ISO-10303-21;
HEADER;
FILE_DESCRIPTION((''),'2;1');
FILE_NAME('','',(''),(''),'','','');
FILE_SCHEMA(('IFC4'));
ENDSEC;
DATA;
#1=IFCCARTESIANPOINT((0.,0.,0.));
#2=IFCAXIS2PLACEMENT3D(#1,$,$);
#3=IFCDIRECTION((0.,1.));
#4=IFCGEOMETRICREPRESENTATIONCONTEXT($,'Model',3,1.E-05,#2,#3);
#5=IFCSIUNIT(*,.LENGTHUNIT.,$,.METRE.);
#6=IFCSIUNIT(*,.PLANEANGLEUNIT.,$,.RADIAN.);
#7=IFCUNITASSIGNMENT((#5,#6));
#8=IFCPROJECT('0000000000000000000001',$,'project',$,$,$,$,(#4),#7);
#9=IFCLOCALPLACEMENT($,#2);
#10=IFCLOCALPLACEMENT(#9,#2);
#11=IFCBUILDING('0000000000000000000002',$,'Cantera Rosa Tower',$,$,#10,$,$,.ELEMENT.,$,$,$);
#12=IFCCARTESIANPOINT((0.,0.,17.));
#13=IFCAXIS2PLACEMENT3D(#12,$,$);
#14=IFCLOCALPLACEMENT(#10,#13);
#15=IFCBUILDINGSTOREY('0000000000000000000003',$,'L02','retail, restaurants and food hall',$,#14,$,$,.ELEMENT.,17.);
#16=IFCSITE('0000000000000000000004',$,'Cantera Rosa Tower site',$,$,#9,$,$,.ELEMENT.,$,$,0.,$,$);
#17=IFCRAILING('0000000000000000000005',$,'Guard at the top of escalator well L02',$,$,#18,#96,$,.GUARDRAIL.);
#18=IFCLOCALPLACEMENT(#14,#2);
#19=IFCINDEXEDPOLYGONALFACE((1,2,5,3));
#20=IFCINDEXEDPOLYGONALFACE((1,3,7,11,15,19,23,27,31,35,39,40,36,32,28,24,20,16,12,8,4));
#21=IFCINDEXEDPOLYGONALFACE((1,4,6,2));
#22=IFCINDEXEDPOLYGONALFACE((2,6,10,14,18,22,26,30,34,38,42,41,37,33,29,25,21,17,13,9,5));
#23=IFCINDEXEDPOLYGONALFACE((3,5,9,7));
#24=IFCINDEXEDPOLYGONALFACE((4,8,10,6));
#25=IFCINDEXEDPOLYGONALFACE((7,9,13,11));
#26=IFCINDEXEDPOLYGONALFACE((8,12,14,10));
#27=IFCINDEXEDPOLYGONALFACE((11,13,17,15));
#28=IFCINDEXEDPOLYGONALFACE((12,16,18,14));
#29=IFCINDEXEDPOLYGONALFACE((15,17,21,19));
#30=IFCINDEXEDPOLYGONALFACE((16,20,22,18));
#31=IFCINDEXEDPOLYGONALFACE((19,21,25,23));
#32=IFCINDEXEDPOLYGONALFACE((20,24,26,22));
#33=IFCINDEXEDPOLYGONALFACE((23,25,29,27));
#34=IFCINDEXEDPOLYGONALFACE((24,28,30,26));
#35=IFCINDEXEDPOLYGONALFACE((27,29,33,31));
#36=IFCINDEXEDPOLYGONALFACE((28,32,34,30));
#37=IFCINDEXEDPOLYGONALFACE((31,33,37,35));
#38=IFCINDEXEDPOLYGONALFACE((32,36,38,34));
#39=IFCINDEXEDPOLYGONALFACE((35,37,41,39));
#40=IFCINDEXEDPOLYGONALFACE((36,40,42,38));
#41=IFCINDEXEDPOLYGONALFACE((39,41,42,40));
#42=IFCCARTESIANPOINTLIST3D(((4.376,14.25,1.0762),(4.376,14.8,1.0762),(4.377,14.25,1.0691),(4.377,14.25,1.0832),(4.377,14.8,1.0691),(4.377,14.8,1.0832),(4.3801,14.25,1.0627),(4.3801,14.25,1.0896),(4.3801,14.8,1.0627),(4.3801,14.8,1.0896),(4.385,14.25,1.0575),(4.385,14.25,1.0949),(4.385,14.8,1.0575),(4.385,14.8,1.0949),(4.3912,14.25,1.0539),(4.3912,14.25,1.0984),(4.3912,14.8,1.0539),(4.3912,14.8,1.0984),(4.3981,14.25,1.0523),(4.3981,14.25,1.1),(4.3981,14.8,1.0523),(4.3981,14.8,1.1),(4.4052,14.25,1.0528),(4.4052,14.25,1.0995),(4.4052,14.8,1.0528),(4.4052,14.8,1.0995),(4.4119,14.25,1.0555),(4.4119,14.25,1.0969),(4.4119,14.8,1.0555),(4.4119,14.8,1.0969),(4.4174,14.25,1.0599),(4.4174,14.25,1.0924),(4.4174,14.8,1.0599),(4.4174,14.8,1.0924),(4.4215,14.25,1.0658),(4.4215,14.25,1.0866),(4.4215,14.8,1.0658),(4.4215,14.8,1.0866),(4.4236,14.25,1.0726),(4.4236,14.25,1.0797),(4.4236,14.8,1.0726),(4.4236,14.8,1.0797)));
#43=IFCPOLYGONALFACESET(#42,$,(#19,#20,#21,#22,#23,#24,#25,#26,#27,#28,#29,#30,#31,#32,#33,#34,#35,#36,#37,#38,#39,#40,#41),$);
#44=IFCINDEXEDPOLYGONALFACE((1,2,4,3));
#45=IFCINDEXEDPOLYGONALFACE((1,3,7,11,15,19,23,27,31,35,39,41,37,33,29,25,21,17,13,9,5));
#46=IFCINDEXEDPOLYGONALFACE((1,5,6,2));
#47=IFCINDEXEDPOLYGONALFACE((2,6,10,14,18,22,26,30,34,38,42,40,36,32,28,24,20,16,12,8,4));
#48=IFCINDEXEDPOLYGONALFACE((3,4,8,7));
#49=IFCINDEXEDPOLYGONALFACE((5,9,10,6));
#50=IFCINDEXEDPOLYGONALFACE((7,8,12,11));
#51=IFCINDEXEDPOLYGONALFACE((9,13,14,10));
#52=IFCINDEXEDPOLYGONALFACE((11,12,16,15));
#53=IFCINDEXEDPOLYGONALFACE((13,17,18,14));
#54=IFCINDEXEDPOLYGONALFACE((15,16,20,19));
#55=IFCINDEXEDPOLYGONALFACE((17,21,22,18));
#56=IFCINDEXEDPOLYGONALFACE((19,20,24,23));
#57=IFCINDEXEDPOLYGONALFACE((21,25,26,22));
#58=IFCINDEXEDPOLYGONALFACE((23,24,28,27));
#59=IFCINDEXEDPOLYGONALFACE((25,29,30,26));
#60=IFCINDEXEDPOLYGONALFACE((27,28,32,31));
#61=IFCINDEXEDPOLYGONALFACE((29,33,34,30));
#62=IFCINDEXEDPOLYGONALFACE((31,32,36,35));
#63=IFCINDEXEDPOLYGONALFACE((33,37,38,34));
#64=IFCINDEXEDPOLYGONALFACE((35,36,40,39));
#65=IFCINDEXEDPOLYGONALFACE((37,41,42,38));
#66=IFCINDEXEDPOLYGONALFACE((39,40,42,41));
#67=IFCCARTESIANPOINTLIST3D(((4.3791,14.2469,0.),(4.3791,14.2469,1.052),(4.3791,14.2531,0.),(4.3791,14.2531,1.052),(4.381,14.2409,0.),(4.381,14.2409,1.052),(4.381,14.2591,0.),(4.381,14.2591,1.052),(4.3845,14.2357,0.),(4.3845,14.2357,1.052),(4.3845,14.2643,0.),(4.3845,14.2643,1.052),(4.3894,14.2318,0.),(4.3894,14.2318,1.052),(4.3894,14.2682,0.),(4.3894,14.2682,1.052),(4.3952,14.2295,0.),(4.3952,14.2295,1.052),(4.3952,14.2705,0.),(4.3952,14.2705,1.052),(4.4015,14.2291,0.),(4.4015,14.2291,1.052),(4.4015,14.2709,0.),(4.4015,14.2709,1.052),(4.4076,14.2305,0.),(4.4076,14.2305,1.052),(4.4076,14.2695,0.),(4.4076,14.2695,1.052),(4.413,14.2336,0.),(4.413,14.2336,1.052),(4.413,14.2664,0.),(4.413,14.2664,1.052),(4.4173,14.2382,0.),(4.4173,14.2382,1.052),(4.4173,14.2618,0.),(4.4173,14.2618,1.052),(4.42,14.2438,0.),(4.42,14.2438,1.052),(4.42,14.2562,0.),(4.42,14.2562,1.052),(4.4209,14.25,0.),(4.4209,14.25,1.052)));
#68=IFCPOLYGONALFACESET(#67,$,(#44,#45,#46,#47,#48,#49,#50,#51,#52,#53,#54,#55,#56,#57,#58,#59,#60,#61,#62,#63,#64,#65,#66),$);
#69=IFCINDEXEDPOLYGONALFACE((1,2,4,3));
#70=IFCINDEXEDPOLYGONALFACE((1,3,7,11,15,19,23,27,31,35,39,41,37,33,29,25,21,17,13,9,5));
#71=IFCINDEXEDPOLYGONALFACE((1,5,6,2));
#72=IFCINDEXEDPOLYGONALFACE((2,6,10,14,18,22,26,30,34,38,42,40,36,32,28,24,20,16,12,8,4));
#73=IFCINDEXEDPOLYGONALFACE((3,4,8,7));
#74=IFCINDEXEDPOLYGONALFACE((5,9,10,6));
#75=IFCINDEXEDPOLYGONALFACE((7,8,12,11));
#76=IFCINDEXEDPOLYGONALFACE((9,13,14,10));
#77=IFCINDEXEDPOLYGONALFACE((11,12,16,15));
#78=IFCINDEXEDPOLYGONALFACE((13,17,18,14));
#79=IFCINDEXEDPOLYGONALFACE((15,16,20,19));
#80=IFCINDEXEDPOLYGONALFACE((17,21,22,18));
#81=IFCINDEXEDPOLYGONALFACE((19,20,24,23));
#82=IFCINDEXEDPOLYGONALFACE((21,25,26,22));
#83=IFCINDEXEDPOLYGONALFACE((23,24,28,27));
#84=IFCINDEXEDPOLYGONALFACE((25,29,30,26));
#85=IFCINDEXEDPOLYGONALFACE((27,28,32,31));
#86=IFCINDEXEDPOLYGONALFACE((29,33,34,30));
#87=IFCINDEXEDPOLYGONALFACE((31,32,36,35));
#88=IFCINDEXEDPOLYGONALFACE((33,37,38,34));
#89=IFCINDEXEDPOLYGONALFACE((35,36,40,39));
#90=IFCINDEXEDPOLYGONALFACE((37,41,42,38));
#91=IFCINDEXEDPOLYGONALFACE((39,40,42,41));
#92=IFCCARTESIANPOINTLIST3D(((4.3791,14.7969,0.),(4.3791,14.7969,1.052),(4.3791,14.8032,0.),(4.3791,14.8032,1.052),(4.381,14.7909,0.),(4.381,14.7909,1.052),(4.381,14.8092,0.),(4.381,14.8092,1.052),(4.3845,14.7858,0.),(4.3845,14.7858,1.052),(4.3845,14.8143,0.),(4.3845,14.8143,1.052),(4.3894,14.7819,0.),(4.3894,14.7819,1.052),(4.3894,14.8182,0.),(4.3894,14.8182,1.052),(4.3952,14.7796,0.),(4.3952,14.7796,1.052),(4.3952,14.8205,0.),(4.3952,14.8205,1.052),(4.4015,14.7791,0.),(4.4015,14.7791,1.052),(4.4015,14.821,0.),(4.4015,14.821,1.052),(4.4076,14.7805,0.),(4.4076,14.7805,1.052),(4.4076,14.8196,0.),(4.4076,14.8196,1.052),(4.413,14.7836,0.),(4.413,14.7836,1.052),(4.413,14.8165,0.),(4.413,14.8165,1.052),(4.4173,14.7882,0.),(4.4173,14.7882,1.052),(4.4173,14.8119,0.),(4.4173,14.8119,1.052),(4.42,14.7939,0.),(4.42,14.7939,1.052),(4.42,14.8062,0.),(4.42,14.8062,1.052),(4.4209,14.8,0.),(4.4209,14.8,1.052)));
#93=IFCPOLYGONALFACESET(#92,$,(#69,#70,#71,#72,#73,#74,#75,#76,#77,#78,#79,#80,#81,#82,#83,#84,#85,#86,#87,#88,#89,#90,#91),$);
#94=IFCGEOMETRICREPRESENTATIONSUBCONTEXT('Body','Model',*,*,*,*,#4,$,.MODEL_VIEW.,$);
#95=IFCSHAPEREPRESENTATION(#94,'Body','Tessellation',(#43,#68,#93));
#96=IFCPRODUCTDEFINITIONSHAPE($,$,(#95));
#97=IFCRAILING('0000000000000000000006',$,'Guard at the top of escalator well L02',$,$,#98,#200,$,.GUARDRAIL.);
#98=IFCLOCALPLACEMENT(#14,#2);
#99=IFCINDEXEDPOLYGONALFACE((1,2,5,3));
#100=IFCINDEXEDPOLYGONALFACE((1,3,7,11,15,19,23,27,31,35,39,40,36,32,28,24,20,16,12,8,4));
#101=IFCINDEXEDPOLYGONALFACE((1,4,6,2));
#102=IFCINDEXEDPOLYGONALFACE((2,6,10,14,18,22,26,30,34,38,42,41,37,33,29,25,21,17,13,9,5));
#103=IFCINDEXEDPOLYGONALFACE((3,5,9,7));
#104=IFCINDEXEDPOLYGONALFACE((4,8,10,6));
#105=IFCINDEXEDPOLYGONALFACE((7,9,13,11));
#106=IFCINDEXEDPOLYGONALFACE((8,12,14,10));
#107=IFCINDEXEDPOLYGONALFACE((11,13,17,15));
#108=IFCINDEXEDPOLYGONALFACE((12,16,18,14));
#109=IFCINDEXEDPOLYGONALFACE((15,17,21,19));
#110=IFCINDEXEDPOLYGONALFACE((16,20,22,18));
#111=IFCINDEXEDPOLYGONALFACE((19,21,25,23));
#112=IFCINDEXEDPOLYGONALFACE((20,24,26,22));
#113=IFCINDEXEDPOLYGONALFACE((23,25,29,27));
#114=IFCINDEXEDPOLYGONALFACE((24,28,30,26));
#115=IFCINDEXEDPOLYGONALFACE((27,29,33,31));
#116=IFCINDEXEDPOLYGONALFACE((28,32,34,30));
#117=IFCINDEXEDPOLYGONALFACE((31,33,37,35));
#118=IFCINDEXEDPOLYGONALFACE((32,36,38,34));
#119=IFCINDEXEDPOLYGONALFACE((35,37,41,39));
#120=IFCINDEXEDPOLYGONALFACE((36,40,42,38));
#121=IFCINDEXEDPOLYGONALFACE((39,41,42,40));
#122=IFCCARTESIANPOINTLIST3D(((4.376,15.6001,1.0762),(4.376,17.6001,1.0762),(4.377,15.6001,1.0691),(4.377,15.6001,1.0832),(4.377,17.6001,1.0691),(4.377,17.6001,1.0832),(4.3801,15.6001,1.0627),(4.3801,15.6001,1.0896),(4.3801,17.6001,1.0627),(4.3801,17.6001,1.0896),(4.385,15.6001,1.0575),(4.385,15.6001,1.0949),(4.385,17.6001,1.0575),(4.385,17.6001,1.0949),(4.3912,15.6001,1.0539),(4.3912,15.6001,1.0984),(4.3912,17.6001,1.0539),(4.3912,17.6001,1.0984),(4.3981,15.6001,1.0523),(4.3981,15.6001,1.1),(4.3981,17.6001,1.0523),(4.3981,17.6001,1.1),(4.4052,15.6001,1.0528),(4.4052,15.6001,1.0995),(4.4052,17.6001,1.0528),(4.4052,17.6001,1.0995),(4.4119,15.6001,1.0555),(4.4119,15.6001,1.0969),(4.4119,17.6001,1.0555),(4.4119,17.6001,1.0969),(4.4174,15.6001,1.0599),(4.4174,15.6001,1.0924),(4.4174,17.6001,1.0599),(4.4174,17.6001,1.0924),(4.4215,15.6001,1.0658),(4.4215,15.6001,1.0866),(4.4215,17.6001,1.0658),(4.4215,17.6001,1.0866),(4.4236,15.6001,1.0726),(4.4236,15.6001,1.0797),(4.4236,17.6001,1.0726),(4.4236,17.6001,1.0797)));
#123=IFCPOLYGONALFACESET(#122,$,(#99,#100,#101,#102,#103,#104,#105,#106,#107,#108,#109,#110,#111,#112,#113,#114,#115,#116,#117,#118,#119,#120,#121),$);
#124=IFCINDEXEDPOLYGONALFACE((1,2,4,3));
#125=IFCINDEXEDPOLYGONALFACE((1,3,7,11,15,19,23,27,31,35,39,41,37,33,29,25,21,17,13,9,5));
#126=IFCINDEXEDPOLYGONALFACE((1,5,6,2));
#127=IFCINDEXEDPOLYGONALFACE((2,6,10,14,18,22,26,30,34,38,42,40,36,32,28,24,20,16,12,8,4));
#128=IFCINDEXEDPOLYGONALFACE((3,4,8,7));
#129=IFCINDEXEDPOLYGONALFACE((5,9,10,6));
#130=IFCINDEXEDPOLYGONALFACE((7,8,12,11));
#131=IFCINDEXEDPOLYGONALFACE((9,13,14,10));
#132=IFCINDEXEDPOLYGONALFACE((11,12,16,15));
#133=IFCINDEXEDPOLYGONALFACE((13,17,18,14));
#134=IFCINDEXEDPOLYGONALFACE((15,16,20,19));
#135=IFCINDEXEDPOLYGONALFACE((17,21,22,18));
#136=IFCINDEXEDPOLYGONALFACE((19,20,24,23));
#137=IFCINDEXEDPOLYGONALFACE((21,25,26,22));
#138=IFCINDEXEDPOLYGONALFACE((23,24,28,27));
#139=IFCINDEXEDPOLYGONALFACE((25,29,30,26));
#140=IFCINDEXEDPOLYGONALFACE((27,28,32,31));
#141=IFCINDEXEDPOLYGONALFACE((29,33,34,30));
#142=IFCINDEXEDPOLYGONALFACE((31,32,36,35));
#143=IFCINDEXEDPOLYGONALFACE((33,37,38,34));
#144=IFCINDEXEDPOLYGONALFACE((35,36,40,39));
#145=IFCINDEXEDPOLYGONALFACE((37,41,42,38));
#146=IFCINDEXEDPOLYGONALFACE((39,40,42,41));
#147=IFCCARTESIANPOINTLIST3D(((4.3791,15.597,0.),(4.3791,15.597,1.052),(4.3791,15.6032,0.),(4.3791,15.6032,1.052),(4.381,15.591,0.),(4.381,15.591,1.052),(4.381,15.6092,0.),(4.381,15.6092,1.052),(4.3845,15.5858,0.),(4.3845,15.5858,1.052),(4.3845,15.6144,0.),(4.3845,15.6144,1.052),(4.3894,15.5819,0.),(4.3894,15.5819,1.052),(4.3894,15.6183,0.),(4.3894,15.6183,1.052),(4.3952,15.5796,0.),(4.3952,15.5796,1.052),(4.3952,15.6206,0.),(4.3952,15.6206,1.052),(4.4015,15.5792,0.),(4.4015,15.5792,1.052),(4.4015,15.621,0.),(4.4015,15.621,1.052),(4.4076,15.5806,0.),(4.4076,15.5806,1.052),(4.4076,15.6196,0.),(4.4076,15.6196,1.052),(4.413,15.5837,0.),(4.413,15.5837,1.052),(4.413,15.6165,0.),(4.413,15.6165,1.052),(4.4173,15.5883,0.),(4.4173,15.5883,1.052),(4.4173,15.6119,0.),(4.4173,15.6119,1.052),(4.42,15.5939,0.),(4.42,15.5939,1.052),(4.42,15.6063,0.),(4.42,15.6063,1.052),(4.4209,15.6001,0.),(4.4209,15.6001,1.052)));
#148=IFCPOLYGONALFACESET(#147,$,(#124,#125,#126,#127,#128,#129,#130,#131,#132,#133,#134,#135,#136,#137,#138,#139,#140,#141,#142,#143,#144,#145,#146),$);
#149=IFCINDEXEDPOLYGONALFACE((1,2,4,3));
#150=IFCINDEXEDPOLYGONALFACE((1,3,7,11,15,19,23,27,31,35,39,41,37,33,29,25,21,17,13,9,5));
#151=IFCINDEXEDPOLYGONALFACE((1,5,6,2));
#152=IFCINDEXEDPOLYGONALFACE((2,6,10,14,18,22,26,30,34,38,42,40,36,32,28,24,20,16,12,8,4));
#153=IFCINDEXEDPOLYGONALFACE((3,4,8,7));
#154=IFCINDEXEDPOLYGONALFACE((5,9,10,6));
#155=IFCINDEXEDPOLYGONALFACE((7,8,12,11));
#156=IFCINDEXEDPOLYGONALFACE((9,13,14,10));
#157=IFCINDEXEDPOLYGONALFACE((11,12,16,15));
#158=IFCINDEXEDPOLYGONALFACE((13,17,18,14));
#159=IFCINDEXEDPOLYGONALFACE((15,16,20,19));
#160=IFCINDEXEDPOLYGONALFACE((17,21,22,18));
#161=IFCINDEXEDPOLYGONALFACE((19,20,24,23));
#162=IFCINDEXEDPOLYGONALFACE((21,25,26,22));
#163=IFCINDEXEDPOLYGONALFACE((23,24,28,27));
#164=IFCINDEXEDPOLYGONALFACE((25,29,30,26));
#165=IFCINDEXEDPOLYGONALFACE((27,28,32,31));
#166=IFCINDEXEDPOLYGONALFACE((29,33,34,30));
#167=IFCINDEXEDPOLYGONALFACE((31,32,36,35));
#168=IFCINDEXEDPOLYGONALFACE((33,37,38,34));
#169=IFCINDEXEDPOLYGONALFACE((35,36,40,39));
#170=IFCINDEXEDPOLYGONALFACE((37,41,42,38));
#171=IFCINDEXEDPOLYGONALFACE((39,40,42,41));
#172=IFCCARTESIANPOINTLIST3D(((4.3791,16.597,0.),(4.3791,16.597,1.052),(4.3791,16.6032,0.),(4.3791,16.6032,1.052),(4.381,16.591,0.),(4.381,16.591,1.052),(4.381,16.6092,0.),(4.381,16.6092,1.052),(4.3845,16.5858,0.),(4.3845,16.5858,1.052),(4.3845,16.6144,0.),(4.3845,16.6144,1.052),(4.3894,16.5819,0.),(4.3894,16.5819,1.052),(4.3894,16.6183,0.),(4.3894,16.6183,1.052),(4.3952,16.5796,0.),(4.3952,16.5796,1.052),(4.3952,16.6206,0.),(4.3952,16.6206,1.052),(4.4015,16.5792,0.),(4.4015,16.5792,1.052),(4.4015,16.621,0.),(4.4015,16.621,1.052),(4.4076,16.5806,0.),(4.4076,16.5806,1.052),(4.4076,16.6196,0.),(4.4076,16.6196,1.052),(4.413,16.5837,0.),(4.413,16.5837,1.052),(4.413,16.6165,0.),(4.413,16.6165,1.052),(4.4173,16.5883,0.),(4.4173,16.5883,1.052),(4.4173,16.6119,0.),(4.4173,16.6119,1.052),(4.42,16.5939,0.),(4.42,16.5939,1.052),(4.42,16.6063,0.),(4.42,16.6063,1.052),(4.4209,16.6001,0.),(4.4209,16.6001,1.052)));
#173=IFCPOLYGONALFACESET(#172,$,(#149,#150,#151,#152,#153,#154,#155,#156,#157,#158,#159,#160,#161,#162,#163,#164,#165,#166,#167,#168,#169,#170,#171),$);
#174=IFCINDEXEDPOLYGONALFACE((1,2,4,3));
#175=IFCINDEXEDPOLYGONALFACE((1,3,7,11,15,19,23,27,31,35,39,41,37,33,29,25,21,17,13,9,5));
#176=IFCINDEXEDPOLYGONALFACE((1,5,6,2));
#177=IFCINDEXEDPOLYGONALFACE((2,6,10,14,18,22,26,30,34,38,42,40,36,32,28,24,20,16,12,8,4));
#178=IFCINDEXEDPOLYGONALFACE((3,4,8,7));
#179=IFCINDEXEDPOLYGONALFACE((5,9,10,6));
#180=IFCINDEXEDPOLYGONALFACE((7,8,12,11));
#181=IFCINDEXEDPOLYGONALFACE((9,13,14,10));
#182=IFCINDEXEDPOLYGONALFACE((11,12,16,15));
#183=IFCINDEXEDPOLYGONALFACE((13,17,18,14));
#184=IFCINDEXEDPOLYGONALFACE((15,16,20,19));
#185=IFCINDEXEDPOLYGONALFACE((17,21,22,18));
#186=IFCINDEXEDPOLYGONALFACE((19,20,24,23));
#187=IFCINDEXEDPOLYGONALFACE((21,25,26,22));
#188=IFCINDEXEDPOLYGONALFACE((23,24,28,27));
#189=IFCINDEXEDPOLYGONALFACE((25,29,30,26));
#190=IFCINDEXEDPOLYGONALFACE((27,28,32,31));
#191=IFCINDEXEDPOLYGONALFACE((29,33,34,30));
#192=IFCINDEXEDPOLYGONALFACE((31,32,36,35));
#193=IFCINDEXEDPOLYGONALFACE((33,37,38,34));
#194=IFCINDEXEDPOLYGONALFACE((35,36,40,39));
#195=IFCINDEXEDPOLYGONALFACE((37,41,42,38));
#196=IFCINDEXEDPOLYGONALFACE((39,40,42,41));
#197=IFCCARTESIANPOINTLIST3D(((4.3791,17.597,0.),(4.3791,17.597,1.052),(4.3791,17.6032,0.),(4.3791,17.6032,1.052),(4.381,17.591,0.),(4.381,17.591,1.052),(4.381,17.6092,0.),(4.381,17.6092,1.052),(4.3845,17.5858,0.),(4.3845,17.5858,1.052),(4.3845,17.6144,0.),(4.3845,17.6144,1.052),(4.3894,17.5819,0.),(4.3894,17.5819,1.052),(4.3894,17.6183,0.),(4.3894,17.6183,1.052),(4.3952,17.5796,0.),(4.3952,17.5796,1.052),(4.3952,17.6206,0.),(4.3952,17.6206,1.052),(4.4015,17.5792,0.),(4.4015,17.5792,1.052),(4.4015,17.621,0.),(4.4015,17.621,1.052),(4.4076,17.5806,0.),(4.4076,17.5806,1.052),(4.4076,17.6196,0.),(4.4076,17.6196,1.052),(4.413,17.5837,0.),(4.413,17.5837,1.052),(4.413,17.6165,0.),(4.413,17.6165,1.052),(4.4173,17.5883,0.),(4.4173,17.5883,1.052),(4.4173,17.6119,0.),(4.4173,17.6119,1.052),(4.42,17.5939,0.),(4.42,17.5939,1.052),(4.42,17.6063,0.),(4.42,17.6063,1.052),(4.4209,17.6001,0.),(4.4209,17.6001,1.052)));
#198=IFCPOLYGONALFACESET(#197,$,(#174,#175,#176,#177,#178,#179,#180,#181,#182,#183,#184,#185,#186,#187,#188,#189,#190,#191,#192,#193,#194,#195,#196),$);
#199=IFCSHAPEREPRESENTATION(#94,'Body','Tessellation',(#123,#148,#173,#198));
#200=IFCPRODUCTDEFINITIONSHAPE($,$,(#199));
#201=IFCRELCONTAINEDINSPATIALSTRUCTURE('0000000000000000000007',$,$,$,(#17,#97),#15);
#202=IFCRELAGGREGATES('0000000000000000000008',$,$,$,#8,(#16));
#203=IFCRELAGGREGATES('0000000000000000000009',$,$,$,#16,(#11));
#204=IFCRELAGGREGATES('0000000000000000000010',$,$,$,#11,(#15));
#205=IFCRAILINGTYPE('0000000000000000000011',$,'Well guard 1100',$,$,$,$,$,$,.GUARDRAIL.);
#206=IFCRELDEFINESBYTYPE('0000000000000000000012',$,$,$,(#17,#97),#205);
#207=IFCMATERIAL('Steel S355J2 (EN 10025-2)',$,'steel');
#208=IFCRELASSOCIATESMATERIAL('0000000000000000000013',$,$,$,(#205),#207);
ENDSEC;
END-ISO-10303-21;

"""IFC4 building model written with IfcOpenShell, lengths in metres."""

from ifc_helpers import new_model, si_unit, direction, frame, origin, origin_2d, place, context, subcontext, project, spatial, circle, extrude, material, type_object, element, save


model = new_model("IFC4")

# Units and contexts
model_context = context("Model", 3, precision=1e-05, world=origin(), true_north=direction((0.0, 1.0)))
body_context = subcontext(model_context, "Body", "Model", "MODEL_VIEW")
ifc_project = project(units=[si_unit("LENGTHUNIT", "METRE"), si_unit("PLANEANGLEUNIT", "RADIAN")], contexts=[model_context])

# Site, building, storey
site_placement = place(None, origin())
site = spatial("IfcSite", under=ifc_project, at=site_placement, Name="Cantera Rosa Tower site", CompositionType="ELEMENT", RefElevation=0.0)
building_placement = place(site_placement, origin())
building = spatial("IfcBuilding", under=site, at=building_placement, Name="Cantera Rosa Tower", CompositionType="ELEMENT")
storey_placement = place(building_placement, frame((0.0, 0.0, 17.0)))
storey = spatial("IfcBuildingStorey", under=building, at=storey_placement, Name="L02", Description="retail, restaurants and food hall", CompositionType="ELEMENT", Elevation=17.0)

# Railings
ifc_material_1 = material(Name="Steel S355J2 (EN 10025-2)", Category="steel")
railing_type_1 = type_object("IfcRailingType", Name="Well guard 1100", PredefinedType="GUARDRAIL", material=ifc_material_1)
railing_1_placement = place(storey_placement, frame((4.3999, 14.25, 0.0)))
element("IfcRailing", 1, at=railing_1_placement, inside=storey, type_object=railing_type_1, Name="Guard at the top of escalator well L02", PredefinedType="GUARDRAIL", context=body_context, shape_type="SweptSolid", body=[
    extrude(circle(Radius=0.0239, at=origin_2d()), frame((0.0, 0.0, 1.0762), z_axis=(0.0, 1.0, 0.0), x_axis=(-1.0, 0.0, 0.0)), (0.0, 0.0, 1.0), 0.55),
    extrude(circle(Radius=0.021, at=origin_2d()), origin(), (0.0, 0.0, 1.0), 1.052),
    extrude(circle(Radius=0.021, at=origin_2d()), frame((0.0, 0.55, 0.0)), (0.0, 0.0, 1.0), 1.052),
])
railing_2_placement = place(storey_placement, frame((4.3999, 15.6001, 0.0)))
element("IfcRailing", 2, at=railing_2_placement, inside=storey, type_object=railing_type_1, Name="Guard at the top of escalator well L02", PredefinedType="GUARDRAIL", context=body_context, shape_type="SweptSolid", body=[
    extrude(circle(Radius=0.0239, at=origin_2d()), frame((0.0, 0.0, 1.0762), z_axis=(0.0, 1.0, 0.0), x_axis=(-1.0, 0.0, 0.0)), (0.0, 0.0, 1.0), 2.0),
    extrude(circle(Radius=0.021, at=origin_2d()), origin(), (0.0, 0.0, 1.0), 1.052),
    extrude(circle(Radius=0.021, at=origin_2d()), frame((0.0, 1.0, 0.0)), (0.0, 0.0, 1.0), 1.052),
    extrude(circle(Radius=0.021, at=origin_2d()), frame((0.0, 2.0, 0.0)), (0.0, 0.0, 1.0), 1.052),
])

save(model, "model.ifc")
